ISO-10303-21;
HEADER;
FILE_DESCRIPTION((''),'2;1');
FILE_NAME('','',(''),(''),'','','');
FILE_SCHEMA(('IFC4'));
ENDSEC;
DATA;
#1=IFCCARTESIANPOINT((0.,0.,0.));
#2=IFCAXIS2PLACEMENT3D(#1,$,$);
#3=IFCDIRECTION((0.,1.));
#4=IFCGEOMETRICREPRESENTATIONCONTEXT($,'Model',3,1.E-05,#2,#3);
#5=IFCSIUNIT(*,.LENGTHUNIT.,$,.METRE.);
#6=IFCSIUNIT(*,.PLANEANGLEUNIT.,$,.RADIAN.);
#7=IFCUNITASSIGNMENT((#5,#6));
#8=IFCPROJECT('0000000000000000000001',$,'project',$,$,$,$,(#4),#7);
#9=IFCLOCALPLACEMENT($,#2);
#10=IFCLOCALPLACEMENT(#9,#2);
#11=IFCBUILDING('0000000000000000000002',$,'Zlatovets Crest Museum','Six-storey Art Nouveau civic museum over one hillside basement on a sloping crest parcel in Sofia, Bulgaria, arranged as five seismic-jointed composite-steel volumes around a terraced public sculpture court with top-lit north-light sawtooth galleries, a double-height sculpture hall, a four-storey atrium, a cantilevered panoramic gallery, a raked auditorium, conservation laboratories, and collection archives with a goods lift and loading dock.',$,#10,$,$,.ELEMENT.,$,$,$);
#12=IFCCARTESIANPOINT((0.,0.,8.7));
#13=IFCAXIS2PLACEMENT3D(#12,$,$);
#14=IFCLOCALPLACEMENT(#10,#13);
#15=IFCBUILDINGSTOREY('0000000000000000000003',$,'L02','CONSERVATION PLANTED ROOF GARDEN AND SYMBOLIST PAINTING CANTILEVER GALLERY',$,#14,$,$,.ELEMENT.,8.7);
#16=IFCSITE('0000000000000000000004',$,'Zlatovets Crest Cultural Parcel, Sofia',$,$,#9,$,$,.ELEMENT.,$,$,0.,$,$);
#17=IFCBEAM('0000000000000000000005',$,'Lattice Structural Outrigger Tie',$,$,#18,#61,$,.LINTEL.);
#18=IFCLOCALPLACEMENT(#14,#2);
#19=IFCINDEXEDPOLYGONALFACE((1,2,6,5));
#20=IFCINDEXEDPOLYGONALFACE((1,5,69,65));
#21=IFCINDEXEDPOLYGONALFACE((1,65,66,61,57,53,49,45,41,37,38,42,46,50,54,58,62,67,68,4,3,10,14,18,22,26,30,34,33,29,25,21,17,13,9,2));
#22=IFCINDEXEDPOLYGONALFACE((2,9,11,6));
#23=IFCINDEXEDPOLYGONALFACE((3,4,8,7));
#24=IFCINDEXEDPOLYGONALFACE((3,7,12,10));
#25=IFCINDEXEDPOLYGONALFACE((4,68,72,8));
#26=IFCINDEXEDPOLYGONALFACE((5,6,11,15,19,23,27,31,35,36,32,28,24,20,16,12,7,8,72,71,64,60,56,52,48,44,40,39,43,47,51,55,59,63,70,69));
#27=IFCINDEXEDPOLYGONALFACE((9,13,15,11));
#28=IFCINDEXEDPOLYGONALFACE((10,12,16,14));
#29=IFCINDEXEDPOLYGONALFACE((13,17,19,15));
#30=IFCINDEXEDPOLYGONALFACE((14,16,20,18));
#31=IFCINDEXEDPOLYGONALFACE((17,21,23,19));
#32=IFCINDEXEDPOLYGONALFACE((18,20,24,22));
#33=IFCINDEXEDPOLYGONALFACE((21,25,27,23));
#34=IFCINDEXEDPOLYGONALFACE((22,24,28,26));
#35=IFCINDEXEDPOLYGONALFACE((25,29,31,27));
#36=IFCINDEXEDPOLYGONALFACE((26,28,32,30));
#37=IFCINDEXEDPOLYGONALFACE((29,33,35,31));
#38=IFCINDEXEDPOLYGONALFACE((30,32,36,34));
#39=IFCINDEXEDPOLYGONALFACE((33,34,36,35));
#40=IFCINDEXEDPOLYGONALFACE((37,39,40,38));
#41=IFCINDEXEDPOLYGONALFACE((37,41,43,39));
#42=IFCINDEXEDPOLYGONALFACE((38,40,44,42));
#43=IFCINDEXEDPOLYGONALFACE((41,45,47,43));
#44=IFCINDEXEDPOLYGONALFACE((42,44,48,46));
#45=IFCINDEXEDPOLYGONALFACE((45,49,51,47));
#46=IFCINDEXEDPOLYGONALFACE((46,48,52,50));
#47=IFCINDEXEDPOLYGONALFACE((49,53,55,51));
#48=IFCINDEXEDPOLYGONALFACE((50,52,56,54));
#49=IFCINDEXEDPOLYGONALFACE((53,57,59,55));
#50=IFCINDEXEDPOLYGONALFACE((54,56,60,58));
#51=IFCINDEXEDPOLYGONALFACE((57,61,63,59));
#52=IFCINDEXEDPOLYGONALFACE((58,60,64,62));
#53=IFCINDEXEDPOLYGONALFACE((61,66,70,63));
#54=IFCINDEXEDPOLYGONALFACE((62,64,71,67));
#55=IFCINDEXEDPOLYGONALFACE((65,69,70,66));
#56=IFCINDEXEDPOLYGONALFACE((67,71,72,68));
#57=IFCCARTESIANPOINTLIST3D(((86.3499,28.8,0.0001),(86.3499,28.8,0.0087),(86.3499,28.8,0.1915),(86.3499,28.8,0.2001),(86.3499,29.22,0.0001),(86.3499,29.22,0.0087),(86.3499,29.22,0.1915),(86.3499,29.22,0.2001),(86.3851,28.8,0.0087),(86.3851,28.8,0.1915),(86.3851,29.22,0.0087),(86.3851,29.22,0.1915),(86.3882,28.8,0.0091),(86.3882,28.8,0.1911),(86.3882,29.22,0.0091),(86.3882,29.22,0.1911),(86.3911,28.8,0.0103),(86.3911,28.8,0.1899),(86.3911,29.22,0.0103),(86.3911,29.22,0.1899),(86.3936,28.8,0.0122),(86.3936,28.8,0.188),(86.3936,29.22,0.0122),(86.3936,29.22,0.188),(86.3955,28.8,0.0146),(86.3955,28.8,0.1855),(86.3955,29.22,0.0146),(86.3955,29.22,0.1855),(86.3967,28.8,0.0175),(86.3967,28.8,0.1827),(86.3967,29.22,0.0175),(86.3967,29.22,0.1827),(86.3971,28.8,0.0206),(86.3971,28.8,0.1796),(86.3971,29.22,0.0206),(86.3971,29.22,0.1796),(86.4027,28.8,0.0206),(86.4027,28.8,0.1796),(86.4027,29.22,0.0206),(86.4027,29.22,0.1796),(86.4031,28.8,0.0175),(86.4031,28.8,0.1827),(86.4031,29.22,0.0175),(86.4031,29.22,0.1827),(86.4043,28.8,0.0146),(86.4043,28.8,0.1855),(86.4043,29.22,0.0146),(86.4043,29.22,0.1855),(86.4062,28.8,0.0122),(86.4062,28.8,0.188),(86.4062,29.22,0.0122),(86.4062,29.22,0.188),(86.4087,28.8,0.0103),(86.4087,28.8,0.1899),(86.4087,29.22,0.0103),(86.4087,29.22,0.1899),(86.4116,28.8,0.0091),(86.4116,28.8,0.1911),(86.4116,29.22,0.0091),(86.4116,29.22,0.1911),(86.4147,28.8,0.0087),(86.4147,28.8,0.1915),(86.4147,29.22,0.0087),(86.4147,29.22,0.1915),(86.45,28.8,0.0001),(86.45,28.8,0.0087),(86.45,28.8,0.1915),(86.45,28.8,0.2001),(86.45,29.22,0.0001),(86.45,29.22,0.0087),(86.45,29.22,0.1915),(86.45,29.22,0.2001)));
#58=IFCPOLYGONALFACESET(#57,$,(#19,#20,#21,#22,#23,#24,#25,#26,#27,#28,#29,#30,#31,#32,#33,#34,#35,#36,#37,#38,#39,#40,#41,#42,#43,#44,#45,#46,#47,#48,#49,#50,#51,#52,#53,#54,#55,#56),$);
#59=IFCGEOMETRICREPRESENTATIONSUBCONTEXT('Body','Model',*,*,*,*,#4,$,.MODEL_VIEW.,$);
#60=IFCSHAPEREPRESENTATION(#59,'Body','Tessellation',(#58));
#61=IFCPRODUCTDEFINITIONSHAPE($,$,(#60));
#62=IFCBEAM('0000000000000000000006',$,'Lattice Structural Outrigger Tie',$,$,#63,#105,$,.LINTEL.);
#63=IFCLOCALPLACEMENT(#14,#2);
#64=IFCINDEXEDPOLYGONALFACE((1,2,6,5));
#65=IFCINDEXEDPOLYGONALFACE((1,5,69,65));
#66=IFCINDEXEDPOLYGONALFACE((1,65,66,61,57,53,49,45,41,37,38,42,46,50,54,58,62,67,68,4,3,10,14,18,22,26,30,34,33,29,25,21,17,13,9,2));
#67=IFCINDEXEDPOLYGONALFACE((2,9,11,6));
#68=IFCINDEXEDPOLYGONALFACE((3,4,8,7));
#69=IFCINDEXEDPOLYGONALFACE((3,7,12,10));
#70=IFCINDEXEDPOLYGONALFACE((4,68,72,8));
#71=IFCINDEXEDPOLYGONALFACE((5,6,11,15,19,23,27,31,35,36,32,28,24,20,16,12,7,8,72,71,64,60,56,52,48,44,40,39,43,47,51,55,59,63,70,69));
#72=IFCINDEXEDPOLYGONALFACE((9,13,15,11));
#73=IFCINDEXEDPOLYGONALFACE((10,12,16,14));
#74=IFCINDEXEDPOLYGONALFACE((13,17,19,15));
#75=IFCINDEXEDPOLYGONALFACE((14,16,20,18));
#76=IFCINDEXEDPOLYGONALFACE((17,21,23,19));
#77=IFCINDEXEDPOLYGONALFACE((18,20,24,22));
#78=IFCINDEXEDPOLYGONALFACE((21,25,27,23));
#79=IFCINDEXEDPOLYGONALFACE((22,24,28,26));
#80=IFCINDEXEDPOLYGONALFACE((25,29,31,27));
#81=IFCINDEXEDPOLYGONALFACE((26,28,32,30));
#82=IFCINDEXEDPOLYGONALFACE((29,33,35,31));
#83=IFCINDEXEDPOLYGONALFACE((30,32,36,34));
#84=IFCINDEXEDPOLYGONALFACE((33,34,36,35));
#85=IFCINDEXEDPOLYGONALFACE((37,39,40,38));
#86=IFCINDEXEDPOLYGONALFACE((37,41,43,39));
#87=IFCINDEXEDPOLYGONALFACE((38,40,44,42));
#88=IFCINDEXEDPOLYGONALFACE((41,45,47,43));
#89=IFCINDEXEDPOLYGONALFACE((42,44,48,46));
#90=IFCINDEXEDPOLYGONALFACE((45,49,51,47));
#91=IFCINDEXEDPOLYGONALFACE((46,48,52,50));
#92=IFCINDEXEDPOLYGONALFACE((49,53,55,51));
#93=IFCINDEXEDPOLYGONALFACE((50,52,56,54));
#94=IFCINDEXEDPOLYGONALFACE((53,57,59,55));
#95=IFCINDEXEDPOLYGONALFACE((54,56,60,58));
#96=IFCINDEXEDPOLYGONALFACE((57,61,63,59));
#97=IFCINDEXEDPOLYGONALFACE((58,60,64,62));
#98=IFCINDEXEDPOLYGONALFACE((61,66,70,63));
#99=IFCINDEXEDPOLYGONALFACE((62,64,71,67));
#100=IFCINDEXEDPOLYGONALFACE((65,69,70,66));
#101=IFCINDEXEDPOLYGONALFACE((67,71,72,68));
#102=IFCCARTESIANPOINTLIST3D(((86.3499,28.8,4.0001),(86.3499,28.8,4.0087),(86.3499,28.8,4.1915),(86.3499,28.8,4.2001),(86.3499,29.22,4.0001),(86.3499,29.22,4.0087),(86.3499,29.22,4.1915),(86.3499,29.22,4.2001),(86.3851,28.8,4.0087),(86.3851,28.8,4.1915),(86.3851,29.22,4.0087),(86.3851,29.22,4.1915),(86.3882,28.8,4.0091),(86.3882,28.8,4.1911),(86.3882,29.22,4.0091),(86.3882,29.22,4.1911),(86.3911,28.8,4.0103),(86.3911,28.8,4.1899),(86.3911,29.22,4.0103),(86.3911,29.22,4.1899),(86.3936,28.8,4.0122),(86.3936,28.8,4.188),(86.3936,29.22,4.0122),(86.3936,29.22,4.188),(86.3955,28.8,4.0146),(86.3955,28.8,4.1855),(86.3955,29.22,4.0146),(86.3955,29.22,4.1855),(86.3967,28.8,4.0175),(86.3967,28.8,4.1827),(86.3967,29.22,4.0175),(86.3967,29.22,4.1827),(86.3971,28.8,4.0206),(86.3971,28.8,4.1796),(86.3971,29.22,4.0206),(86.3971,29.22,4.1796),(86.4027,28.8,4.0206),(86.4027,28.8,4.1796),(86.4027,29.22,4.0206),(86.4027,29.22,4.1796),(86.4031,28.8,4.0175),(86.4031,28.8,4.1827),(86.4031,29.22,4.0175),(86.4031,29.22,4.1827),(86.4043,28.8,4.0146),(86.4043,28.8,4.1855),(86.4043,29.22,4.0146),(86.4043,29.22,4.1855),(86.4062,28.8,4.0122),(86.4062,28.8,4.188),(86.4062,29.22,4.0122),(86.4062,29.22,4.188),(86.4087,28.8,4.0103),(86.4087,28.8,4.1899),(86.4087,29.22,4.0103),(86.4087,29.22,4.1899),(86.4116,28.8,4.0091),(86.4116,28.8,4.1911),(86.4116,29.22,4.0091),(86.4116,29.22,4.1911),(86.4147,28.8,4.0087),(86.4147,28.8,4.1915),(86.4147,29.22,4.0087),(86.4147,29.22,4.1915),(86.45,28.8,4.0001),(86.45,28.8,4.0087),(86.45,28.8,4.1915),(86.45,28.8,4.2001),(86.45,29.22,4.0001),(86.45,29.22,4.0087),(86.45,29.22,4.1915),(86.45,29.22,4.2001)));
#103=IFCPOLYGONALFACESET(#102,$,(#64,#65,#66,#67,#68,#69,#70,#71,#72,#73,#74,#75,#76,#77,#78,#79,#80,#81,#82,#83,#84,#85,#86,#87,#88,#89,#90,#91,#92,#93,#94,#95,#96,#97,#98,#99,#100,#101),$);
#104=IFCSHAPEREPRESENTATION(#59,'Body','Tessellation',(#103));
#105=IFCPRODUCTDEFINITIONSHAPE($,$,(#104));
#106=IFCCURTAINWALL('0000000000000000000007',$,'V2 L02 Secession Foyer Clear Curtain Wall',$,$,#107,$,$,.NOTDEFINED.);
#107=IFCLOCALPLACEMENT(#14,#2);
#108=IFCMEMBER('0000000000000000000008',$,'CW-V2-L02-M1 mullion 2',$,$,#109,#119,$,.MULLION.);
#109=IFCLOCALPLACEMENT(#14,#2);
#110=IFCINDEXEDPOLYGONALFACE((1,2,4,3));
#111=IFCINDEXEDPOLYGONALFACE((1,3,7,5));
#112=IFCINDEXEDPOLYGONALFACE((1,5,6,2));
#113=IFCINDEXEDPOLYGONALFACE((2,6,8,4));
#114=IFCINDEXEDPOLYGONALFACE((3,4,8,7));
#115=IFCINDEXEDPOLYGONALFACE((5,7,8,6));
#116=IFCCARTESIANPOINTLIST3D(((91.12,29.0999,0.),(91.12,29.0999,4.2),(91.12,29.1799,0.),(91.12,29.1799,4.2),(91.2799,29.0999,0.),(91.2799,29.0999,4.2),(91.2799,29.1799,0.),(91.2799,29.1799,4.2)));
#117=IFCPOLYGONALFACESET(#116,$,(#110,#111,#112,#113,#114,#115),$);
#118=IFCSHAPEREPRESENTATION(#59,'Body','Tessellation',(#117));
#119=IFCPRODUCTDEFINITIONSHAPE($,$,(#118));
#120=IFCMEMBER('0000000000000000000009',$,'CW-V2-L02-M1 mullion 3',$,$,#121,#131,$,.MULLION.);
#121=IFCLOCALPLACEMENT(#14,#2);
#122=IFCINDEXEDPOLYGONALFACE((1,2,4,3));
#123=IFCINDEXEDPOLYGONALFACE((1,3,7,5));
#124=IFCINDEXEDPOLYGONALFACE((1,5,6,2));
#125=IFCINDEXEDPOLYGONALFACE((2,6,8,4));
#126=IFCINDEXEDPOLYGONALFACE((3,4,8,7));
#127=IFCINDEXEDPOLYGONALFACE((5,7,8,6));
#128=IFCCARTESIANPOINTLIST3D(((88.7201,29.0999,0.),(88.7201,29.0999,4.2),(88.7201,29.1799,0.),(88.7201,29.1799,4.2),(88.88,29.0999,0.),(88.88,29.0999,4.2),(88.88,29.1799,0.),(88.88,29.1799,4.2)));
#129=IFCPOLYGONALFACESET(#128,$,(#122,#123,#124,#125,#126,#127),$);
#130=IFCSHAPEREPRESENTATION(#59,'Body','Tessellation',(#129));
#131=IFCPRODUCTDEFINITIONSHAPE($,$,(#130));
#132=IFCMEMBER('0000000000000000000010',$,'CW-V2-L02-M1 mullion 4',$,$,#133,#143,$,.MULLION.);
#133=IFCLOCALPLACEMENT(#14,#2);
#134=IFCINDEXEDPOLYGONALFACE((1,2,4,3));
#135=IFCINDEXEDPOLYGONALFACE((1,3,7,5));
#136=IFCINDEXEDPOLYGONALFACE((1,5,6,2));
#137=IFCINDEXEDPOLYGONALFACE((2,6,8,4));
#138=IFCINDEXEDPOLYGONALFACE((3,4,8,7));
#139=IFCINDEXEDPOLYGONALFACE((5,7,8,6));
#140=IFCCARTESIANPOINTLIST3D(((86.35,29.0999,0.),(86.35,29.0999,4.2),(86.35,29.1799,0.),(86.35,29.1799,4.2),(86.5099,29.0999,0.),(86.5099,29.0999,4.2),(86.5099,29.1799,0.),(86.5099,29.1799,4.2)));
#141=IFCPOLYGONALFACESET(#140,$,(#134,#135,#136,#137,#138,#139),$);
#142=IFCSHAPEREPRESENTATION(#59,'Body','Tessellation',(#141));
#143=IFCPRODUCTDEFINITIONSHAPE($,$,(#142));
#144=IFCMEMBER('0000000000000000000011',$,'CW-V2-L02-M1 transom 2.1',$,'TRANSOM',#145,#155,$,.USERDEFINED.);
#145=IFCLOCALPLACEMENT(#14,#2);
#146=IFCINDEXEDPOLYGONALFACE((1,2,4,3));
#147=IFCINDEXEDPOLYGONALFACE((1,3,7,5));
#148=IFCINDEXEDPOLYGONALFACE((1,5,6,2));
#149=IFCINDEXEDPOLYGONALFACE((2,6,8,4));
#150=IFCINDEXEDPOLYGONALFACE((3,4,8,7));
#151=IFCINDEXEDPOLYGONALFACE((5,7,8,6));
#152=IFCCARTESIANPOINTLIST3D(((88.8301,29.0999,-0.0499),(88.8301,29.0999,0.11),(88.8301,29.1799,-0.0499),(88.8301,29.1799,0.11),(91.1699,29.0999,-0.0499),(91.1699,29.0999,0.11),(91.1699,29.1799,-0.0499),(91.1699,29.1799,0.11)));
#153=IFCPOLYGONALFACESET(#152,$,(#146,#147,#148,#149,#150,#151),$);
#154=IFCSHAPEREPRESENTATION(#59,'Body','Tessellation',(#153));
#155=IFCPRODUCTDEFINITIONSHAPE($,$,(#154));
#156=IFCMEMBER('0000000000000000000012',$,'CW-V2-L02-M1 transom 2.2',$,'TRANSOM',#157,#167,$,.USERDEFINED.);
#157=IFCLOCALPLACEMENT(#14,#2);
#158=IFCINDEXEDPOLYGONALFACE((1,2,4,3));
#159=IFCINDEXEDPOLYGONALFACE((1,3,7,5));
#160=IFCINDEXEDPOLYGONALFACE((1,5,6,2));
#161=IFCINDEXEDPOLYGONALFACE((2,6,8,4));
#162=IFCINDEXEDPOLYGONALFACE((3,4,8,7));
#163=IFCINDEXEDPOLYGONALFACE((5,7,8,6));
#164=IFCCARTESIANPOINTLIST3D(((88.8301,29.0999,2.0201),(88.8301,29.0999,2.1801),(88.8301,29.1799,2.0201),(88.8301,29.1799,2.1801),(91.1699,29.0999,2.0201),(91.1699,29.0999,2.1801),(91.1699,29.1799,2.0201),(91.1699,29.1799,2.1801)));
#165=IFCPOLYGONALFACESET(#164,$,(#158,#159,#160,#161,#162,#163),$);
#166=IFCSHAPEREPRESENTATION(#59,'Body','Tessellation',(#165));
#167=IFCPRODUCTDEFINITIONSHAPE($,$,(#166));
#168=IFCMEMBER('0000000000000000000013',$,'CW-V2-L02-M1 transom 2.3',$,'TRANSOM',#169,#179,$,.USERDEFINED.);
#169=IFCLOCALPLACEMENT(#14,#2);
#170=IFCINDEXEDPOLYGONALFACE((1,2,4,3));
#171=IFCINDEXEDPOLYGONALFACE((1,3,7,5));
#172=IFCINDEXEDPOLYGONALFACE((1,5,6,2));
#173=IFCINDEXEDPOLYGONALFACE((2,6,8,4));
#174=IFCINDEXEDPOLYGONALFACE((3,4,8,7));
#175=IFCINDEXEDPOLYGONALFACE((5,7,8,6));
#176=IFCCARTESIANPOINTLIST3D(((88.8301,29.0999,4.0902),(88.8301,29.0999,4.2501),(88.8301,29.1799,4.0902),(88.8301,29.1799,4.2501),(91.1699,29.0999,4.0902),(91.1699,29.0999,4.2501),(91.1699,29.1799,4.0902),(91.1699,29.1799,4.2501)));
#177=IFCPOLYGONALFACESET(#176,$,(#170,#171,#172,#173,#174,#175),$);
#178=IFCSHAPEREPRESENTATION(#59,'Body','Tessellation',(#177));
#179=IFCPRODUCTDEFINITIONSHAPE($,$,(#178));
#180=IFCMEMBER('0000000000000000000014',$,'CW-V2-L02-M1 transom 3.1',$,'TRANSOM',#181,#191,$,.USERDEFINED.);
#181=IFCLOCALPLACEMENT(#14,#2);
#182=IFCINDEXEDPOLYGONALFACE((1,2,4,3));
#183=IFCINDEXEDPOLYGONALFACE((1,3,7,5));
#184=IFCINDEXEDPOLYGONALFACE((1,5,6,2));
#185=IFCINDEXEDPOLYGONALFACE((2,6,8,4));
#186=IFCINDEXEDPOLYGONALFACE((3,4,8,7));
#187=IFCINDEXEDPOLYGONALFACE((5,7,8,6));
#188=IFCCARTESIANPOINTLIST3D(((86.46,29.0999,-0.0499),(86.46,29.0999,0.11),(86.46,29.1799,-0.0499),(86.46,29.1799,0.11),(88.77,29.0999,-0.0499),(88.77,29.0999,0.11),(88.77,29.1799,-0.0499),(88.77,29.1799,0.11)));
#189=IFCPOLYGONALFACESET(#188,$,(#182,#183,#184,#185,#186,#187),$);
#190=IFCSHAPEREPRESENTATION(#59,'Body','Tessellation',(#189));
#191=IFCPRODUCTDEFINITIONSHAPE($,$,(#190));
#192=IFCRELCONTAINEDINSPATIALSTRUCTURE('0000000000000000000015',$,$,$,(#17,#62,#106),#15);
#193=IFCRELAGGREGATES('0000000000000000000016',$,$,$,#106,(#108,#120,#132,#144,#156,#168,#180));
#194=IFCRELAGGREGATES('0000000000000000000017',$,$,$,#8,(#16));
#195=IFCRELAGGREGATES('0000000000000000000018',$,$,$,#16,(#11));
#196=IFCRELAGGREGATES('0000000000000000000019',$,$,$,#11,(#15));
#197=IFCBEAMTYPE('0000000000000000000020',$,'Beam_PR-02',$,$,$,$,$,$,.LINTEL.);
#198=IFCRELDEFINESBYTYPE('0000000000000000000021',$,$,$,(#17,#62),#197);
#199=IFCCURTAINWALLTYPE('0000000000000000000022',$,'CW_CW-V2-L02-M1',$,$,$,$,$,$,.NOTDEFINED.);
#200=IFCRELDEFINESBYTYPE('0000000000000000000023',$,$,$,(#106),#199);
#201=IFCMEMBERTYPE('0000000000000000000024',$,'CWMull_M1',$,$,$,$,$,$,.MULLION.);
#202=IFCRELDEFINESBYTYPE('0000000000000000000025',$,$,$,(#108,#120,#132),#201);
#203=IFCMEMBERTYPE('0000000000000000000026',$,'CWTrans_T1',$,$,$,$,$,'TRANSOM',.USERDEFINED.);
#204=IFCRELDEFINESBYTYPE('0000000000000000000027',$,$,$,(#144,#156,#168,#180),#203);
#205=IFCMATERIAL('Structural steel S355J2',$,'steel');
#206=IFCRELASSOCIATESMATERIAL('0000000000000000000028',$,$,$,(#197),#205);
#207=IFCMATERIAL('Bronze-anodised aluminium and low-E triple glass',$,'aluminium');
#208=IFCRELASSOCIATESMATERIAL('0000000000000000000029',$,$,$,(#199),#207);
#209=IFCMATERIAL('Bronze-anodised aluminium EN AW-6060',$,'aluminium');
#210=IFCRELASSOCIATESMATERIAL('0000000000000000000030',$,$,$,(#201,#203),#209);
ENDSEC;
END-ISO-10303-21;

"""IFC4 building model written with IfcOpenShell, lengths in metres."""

from ifc_helpers import new_model, si_unit, direction, frame, origin, origin_2d, place, context, subcontext, project, spatial, rectangle, i_section, extrude, material, material_profile, profile_set, type_object, element, aggregate, save


model = new_model("IFC4")

# Units and contexts
model_context = context("Model", 3, precision=1e-05, world=origin(), true_north=direction((0.0, 1.0)))
body_context = subcontext(model_context, "Body", "Model", "MODEL_VIEW")
ifc_project = project(units=[si_unit("LENGTHUNIT", "METRE"), si_unit("PLANEANGLEUNIT", "RADIAN")], contexts=[model_context])

# Site, building, storey
site_placement = place(None, origin())
site = spatial("IfcSite", under=ifc_project, at=site_placement, Name="Zlatovets Crest Cultural Parcel, Sofia", CompositionType="ELEMENT", RefElevation=0.0)
building_placement = place(site_placement, origin())
building = spatial("IfcBuilding", under=site, at=building_placement, Name="Zlatovets Crest Museum", Description="Six-storey Art Nouveau civic museum over one hillside basement on a sloping crest parcel in Sofia, Bulgaria, arranged as five seismic-jointed composite-steel volumes around a terraced public sculpture court with top-lit north-light sawtooth galleries, a double-height sculpture hall, a four-storey atrium, a cantilevered panoramic gallery, a raked auditorium, conservation laboratories, and collection archives with a goods lift and loading dock.", CompositionType="ELEMENT")
storey_placement = place(building_placement, frame((0.0, 0.0, 8.7)))
storey = spatial("IfcBuildingStorey", under=building, at=storey_placement, Name="L02", Description="CONSERVATION PLANTED ROOF GARDEN AND SYMBOLIST PAINTING CANTILEVER GALLERY", CompositionType="ELEMENT", Elevation=8.7)

# Shared definitions
ifc_material_1 = material(Name="Structural steel S355J2", Category="steel")

# Beams
ifc_material_profile_1 = material_profile(ifc_material_1, i_section(OverallWidth=0.1001, OverallDepth=0.2, WebThickness=0.0056, FlangeThickness=0.0085, FilletRadius=0.012, at=origin_2d()), Name="IPE 200")
ifc_profile_set_1 = profile_set([ifc_material_profile_1], Name="Structural steel S355J2")
beam_type_1 = type_object("IfcBeamType", Name="Beam_PR-02", PredefinedType="LINTEL", material=ifc_profile_set_1)
for number, where, z_axis, x_axis, name in (
    (1, (86.3999, 28.8, 0.1001), (0.0, 1.0, 0.0), (-1.0, 0.0, 0.0), "Lattice Structural Outrigger Tie"),
    (2, (86.3999, 28.8, 4.1001), (0.0, 1.0, 0.0), (-1.0, 0.0, 0.0), "Lattice Structural Outrigger Tie"),
):
    element("IfcBeam", number, at=place(storey_placement, frame(where, z_axis=z_axis, x_axis=x_axis)), inside=storey, type_object=beam_type_1, Name=name, PredefinedType="LINTEL", context=body_context, shape_type="SweptSolid", body=[
        extrude(i_section(OverallWidth=0.1001, OverallDepth=0.2, WebThickness=0.0056, FlangeThickness=0.0085, FilletRadius=0.012, at=origin_2d()), origin(), (0.0, 0.0, 1.0), 0.4199),
    ])

# Curtain wall, members
ifc_material_2 = material(Name="Bronze-anodised aluminium and low-E triple glass", Category="aluminium")
curtain_wall_type = type_object("IfcCurtainWallType", Name="CW_CW-V2-L02-M1", PredefinedType="NOTDEFINED", material=ifc_material_2)
curtain_wall_placement = place(storey_placement, origin())
curtain_wall = element("IfcCurtainWall", 3, at=curtain_wall_placement, inside=storey, type_object=curtain_wall_type, Name="V2 L02 Secession Foyer Clear Curtain Wall", PredefinedType="NOTDEFINED")
ifc_material_3 = material(Name="Bronze-anodised aluminium EN AW-6060", Category="aluminium")
ifc_material_profile_2 = material_profile(ifc_material_3, rectangle(XDim=0.0801, YDim=0.1599, at=origin_2d()), Name="ALU 80x160")
ifc_profile_set_2 = profile_set([ifc_material_profile_2], Name="Bronze-anodised aluminium EN AW-6060")
member_type_1 = type_object("IfcMemberType", Name="CWMull_M1", PredefinedType="MULLION", material=ifc_profile_set_2)
member_1_placement = place(storey_placement, frame((91.2, 29.1399, 0.0), z_axis=(0.0, 0.0, 1.0), x_axis=(0.0, -1.0, 0.0)))
member_1 = element("IfcMember", 4, at=member_1_placement, type_object=member_type_1, Name="CW-V2-L02-M1 mullion 2", PredefinedType="MULLION", context=body_context, shape_type="SweptSolid", body=[
    extrude(rectangle(XDim=0.0801, YDim=0.1599, at=origin_2d()), origin(), (0.0, 0.0, 1.0), 4.2),
])
member_2_placement = place(storey_placement, frame((88.8, 29.1399, 0.0), z_axis=(0.0, 0.0, 1.0), x_axis=(0.0, -1.0, 0.0)))
member_2 = element("IfcMember", 5, at=member_2_placement, type_object=member_type_1, Name="CW-V2-L02-M1 mullion 3", PredefinedType="MULLION", context=body_context, shape_type="SweptSolid", body=[
    extrude(rectangle(XDim=0.0801, YDim=0.1599, at=origin_2d()), origin(), (0.0, 0.0, 1.0), 4.2),
])
member_3_placement = place(storey_placement, frame((86.4299, 29.1399, 0.0), z_axis=(0.0, 0.0, 1.0), x_axis=(0.0, -1.0, 0.0)))
member_3 = element("IfcMember", 6, at=member_3_placement, type_object=member_type_1, Name="CW-V2-L02-M1 mullion 4", PredefinedType="MULLION", context=body_context, shape_type="SweptSolid", body=[
    extrude(rectangle(XDim=0.0801, YDim=0.1599, at=origin_2d()), origin(), (0.0, 0.0, 1.0), 4.2),
])
ifc_material_profile_3 = material_profile(ifc_material_3, rectangle(XDim=0.0801, YDim=0.1599, at=origin_2d()), Name="ALU 80x160")
ifc_profile_set_3 = profile_set([ifc_material_profile_3], Name="Bronze-anodised aluminium EN AW-6060")
member_type_2 = type_object("IfcMemberType", Name="CWTrans_T1", ElementType="TRANSOM", PredefinedType="USERDEFINED", material=ifc_profile_set_3)
member_4_placement = place(storey_placement, frame((91.1699, 29.1399, 0.03), z_axis=(-1.0, 0.0, 0.0), x_axis=(0.0, -1.0, 0.0)))
member_4 = element("IfcMember", 7, at=member_4_placement, type_object=member_type_2, Name="CW-V2-L02-M1 transom 2.1", ObjectType="TRANSOM", PredefinedType="USERDEFINED", context=body_context, shape_type="SweptSolid", body=[
    extrude(rectangle(XDim=0.0801, YDim=0.1599, at=origin_2d()), origin(), (0.0, 0.0, 1.0), 2.3398),
])
member_5_placement = place(storey_placement, frame((91.1699, 29.1399, 2.1001), z_axis=(-1.0, 0.0, 0.0), x_axis=(0.0, -1.0, 0.0)))
member_5 = element("IfcMember", 8, at=member_5_placement, type_object=member_type_2, Name="CW-V2-L02-M1 transom 2.2", ObjectType="TRANSOM", PredefinedType="USERDEFINED", context=body_context, shape_type="SweptSolid", body=[
    extrude(rectangle(XDim=0.0801, YDim=0.1599, at=origin_2d()), origin(), (0.0, 0.0, 1.0), 2.3398),
])
member_6_placement = place(storey_placement, frame((91.1699, 29.1399, 4.1702), z_axis=(-1.0, 0.0, 0.0), x_axis=(0.0, -1.0, 0.0)))
member_6 = element("IfcMember", 9, at=member_6_placement, type_object=member_type_2, Name="CW-V2-L02-M1 transom 2.3", ObjectType="TRANSOM", PredefinedType="USERDEFINED", context=body_context, shape_type="SweptSolid", body=[
    extrude(rectangle(XDim=0.0801, YDim=0.1599, at=origin_2d()), origin(), (0.0, 0.0, 1.0), 2.3398),
])
member_7_placement = place(storey_placement, frame((88.77, 29.1399, 0.03), z_axis=(-1.0, 0.0, 0.0), x_axis=(0.0, -1.0, 0.0)))
member_7 = element("IfcMember", 10, at=member_7_placement, type_object=member_type_2, Name="CW-V2-L02-M1 transom 3.1", ObjectType="TRANSOM", PredefinedType="USERDEFINED", context=body_context, shape_type="SweptSolid", body=[
    extrude(rectangle(XDim=0.0801, YDim=0.1599, at=origin_2d()), origin(), (0.0, 0.0, 1.0), 2.3101),
])
aggregate(curtain_wall, [member_1, member_2, member_3, member_4, member_5, member_6, member_7])

save(model, "model.ifc")
